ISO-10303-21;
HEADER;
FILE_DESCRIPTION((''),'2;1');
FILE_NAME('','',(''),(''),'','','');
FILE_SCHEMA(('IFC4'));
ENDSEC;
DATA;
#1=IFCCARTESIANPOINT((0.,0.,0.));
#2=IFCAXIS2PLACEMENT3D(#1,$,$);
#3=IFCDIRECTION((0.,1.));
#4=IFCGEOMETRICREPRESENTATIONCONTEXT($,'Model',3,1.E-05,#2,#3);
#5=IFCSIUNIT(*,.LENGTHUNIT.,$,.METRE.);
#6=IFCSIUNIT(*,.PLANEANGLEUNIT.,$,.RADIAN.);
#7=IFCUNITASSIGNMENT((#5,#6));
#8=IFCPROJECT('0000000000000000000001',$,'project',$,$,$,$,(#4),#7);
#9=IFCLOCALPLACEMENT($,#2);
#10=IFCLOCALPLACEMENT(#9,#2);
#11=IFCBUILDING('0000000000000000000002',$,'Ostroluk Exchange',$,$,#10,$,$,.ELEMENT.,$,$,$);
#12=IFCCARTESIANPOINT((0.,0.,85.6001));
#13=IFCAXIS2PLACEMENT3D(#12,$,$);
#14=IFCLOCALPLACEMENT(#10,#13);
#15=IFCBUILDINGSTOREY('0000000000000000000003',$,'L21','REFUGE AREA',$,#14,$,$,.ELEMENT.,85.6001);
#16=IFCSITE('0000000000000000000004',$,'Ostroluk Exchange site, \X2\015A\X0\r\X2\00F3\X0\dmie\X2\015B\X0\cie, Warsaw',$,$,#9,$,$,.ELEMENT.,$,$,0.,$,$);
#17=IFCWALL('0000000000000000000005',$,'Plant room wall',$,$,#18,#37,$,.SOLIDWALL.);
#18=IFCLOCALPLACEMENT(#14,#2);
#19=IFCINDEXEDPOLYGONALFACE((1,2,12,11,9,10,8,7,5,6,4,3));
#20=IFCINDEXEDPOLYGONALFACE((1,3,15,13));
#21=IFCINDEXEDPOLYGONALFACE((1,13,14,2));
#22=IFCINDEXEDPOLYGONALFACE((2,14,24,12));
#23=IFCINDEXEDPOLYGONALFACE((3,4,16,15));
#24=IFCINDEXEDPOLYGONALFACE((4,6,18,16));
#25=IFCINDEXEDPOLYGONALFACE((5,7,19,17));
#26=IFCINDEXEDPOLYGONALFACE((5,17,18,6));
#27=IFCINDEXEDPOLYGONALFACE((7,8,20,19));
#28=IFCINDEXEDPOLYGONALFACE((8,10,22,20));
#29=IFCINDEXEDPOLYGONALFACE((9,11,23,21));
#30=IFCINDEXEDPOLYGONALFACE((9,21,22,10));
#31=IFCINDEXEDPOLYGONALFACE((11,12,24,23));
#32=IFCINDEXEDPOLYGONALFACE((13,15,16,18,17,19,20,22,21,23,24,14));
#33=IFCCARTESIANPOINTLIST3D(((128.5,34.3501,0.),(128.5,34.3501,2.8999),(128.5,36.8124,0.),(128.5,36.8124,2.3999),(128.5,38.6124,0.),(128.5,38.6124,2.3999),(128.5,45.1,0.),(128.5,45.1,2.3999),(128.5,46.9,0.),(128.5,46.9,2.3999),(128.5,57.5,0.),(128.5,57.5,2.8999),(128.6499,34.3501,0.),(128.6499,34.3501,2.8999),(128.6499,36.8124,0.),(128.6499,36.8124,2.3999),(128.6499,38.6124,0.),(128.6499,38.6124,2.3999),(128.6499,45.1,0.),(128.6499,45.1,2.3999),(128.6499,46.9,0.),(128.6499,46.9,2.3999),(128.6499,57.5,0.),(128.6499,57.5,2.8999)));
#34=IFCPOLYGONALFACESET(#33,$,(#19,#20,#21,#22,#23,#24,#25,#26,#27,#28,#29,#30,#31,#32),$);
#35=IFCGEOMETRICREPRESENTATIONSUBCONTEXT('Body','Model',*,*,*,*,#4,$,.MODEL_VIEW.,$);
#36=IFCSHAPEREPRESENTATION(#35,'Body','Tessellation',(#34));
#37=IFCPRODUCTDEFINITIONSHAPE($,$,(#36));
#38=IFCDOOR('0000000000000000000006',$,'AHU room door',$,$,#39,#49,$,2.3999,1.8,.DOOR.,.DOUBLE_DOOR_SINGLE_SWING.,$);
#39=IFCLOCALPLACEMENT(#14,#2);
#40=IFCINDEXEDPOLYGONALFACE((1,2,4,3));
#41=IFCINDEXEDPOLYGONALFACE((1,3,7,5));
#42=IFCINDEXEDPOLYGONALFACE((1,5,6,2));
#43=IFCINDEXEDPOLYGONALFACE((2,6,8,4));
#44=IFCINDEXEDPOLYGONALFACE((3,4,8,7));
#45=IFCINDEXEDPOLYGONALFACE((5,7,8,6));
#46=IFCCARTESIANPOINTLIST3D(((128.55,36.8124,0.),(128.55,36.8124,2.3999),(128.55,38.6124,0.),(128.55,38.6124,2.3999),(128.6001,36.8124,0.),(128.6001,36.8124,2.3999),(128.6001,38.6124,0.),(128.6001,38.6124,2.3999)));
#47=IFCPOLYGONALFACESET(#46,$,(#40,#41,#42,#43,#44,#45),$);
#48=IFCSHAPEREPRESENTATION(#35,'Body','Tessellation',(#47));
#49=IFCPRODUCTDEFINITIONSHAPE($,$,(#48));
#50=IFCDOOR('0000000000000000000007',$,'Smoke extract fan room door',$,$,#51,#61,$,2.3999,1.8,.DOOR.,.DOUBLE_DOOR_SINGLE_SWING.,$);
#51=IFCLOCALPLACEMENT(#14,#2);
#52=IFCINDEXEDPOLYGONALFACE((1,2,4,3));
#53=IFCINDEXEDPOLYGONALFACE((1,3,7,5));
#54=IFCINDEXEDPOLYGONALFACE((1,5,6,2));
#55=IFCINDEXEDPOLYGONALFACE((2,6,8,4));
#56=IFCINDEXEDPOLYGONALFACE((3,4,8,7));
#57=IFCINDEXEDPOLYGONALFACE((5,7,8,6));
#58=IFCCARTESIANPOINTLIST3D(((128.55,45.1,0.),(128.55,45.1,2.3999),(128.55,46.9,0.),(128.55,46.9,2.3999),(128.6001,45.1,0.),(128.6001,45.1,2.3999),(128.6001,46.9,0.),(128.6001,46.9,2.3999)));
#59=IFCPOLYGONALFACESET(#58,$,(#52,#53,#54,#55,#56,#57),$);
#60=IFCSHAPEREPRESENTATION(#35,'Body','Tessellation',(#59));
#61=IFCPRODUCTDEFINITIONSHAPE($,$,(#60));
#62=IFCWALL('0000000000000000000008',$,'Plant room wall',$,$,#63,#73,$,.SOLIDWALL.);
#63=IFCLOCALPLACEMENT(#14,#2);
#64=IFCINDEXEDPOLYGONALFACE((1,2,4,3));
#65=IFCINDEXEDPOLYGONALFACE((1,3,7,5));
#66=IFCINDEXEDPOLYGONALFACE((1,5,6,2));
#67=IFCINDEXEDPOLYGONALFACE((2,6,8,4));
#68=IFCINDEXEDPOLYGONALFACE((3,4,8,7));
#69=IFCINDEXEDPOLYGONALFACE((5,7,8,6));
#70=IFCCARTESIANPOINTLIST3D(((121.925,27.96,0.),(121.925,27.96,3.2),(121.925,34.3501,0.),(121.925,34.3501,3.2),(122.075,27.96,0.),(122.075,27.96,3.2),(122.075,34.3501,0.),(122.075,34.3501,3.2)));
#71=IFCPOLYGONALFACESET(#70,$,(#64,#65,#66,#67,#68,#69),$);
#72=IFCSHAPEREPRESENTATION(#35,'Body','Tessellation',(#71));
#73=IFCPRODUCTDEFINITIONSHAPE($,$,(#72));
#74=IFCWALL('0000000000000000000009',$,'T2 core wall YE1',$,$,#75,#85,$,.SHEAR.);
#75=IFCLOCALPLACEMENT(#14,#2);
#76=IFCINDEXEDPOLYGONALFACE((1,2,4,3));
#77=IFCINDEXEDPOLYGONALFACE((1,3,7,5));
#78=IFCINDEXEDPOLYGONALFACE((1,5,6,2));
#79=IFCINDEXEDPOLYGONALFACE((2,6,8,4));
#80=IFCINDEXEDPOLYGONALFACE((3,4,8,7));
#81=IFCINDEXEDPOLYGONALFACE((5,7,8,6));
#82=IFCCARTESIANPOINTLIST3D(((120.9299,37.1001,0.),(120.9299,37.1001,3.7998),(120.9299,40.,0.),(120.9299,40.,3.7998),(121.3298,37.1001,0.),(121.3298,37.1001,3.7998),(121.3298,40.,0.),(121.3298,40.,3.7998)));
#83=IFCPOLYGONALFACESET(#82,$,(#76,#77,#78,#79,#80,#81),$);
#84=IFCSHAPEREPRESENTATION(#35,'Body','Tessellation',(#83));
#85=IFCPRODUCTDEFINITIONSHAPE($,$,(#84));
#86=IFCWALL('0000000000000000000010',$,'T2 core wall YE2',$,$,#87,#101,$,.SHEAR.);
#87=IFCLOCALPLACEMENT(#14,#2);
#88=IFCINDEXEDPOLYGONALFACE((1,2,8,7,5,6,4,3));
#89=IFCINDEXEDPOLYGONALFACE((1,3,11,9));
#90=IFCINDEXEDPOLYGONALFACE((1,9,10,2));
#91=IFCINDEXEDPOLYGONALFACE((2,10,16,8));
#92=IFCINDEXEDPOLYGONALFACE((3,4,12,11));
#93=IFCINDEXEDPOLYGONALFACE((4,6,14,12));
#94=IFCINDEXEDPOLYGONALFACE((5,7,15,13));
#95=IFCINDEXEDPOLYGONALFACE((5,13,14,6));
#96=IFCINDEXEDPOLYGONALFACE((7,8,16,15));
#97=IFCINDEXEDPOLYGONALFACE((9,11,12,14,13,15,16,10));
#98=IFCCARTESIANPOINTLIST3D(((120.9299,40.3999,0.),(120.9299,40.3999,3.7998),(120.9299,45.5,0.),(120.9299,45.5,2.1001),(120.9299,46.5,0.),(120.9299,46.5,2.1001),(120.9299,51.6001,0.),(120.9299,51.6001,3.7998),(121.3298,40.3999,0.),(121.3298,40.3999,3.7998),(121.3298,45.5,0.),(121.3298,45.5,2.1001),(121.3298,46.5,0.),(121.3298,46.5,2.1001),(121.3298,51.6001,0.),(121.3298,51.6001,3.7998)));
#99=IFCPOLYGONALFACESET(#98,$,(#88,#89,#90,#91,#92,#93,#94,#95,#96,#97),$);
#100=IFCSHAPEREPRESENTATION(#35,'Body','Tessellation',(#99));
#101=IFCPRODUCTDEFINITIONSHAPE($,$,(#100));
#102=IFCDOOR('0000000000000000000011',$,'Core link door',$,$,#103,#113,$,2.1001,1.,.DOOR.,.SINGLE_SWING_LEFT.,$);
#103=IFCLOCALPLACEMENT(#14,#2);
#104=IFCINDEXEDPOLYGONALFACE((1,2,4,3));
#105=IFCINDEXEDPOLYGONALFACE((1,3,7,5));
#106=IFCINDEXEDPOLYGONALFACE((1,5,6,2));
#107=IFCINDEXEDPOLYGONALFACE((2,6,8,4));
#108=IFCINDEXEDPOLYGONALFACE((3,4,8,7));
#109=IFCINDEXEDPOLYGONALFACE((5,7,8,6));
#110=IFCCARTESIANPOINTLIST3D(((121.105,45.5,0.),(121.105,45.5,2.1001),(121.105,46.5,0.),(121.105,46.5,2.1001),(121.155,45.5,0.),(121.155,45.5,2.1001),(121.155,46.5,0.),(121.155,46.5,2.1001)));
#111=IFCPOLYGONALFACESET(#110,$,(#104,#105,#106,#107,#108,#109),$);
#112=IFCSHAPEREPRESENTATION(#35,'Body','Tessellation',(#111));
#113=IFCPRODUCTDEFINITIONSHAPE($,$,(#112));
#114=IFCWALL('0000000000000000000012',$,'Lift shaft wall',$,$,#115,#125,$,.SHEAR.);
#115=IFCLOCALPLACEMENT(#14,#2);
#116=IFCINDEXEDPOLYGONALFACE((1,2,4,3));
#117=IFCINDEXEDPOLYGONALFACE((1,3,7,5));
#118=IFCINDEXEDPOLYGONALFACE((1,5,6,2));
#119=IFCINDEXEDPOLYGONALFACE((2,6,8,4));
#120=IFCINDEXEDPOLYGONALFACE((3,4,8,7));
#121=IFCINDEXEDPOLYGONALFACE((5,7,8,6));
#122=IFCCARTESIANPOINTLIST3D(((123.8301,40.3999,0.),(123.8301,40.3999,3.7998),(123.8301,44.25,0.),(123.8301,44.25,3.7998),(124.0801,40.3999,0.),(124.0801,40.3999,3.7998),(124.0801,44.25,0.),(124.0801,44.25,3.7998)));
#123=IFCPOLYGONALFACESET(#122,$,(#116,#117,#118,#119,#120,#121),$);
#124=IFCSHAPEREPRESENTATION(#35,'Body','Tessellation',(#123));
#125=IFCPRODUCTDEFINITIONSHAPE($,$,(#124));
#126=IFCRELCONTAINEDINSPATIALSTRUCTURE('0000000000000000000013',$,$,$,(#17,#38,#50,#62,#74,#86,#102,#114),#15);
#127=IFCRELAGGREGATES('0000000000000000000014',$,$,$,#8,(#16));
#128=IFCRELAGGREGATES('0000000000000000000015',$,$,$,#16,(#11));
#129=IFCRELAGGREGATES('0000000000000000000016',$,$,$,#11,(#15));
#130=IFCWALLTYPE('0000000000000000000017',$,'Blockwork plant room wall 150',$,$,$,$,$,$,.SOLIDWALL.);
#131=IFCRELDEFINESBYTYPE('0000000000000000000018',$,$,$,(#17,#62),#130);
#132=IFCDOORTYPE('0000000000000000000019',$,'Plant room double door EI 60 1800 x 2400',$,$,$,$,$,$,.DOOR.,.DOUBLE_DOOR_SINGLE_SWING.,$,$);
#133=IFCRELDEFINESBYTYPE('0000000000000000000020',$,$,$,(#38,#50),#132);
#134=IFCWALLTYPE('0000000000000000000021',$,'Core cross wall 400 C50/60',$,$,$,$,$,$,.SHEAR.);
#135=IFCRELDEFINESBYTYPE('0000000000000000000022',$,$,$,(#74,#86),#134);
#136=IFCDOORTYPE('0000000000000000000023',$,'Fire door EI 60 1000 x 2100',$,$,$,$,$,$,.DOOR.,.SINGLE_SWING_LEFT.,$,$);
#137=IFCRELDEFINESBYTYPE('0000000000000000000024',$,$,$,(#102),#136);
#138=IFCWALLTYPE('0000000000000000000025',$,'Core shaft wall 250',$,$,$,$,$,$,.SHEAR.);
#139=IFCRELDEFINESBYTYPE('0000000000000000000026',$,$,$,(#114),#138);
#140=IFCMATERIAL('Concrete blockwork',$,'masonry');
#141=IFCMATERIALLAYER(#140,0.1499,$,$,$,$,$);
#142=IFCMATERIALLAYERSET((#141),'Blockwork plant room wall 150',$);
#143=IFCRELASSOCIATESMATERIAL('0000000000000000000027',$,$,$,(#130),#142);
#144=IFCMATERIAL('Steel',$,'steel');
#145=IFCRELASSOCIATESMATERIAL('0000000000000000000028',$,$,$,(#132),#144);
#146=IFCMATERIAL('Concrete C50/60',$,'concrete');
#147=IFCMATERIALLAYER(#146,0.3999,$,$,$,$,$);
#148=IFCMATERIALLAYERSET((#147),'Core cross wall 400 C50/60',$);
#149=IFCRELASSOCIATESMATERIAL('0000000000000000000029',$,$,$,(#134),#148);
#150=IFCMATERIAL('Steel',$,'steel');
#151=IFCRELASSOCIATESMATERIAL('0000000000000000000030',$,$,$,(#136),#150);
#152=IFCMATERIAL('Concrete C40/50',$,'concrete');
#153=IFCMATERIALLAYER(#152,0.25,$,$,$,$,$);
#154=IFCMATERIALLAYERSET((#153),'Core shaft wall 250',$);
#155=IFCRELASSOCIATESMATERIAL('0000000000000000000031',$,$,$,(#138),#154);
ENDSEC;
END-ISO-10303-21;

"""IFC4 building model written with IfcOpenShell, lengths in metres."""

from ifc_helpers import new_model, si_unit, direction, frame, frame_2d, origin, place, context, subcontext, project, spatial, rectangle, extrude, material, layer, layer_set, type_object, element, fill, save


model = new_model("IFC4")

# Units and contexts
model_context = context("Model", 3, precision=1e-05, world=origin(), true_north=direction((0.0, 1.0)))
body_context = subcontext(model_context, "Body", "Model", "MODEL_VIEW")
ifc_project = project(units=[si_unit("LENGTHUNIT", "METRE"), si_unit("PLANEANGLEUNIT", "RADIAN")], contexts=[model_context])

# Site, building, storey
site_placement = place(None, origin())
site = spatial("IfcSite", under=ifc_project, at=site_placement, Name="Ostroluk Exchange site, Śródmieście, Warsaw", CompositionType="ELEMENT", RefElevation=0.0)
building_placement = place(site_placement, origin())
building = spatial("IfcBuilding", under=site, at=building_placement, Name="Ostroluk Exchange", CompositionType="ELEMENT")
storey_placement = place(building_placement, frame((0.0, 0.0, 85.6001)))
storey = spatial("IfcBuildingStorey", under=building, at=storey_placement, Name="L21", Description="REFUGE AREA", CompositionType="ELEMENT", Elevation=85.6001)

# Shared definitions
ifc_material_1 = material(Name="Concrete blockwork", Category="masonry")
ifc_layer_1 = layer(ifc_material_1, 0.1499)
ifc_layer_set_1 = layer_set([ifc_layer_1], Name="Blockwork plant room wall 150")
wall_type_1 = type_object("IfcWallType", Name="Blockwork plant room wall 150", PredefinedType="SOLIDWALL", material=ifc_layer_set_1)

# Wall, openings, doors
wall_1_placement = place(storey_placement, frame((128.575, 34.3501, 0.0), z_axis=(0.0, 0.0, 1.0), x_axis=(0.0, 1.0, 0.0)))
wall_1 = element("IfcWall", 1, at=wall_1_placement, inside=storey, type_object=wall_type_1, Name="Plant room wall", PredefinedType="SOLIDWALL", context=body_context, shape_type="SweptSolid", body=[
    extrude(rectangle(XDim=23.1499, YDim=0.1499, at=frame_2d((11.575, 0.0))), origin(), (0.0, 0.0, 1.0), 2.8999),
])
opening_1_placement = place(wall_1_placement, frame((2.4624, 0.0, 0.0)))
opening_1 = element("IfcOpeningElement", 2, at=opening_1_placement, cuts=wall_1, PredefinedType="OPENING", context=body_context, shape_type="SweptSolid", body=[
    extrude(rectangle(XDim=1.8, YDim=2.3999, at=frame_2d((0.8999, 1.2))), frame((0.0, 0.085, 0.0), z_axis=(0.0, -1.0, 0.0), x_axis=(1.0, 0.0, 0.0)), (0.0, 0.0, 1.0), 0.1699),
])
opening_2_placement = place(wall_1_placement, frame((10.75, 0.0, 0.0)))
opening_2 = element("IfcOpeningElement", 3, at=opening_2_placement, cuts=wall_1, PredefinedType="OPENING", context=body_context, shape_type="SweptSolid", body=[
    extrude(rectangle(XDim=1.8, YDim=2.3999, at=frame_2d((0.8999, 1.2))), frame((0.0, 0.085, 0.0), z_axis=(0.0, -1.0, 0.0), x_axis=(1.0, 0.0, 0.0)), (0.0, 0.0, 1.0), 0.1699),
])
ifc_material_2 = material(Name="Steel", Category="steel")
door_type_1 = type_object("IfcDoorType", Name="Plant room double door EI 60 1800 x 2400", OperationType="DOUBLE_DOOR_SINGLE_SWING", PredefinedType="DOOR", material=ifc_material_2)
door_1_placement = place(opening_1_placement, origin())
door_1 = element("IfcDoor", 4, at=door_1_placement, inside=storey, type_object=door_type_1, Name="AHU room door", OperationType="DOUBLE_DOOR_SINGLE_SWING", OverallHeight=2.3999, OverallWidth=1.8, PredefinedType="DOOR", context=body_context, shape_type="SweptSolid", body=[
    extrude(rectangle(XDim=1.8, YDim=2.3999, at=frame_2d((0.8999, 1.2))), frame((0.0, 0.0249, 0.0), z_axis=(0.0, -1.0, 0.0), x_axis=(1.0, 0.0, 0.0)), (0.0, 0.0, 1.0), 0.05),
])
fill(opening_1, door_1)
door_2_placement = place(opening_2_placement, origin())
door_2 = element("IfcDoor", 5, at=door_2_placement, inside=storey, type_object=door_type_1, Name="Smoke extract fan room door", OperationType="DOUBLE_DOOR_SINGLE_SWING", OverallHeight=2.3999, OverallWidth=1.8, PredefinedType="DOOR", context=body_context, shape_type="SweptSolid", body=[
    extrude(rectangle(XDim=1.8, YDim=2.3999, at=frame_2d((0.8999, 1.2))), frame((0.0, 0.0249, 0.0), z_axis=(0.0, -1.0, 0.0), x_axis=(1.0, 0.0, 0.0)), (0.0, 0.0, 1.0), 0.05),
])
fill(opening_2, door_2)

# Walls
wall_2_placement = place(storey_placement, frame((122.0, 34.3501, 0.0), z_axis=(0.0, 0.0, 1.0), x_axis=(0.0, -1.0, 0.0)))
element("IfcWall", 6, at=wall_2_placement, inside=storey, type_object=wall_type_1, Name="Plant room wall", PredefinedType="SOLIDWALL", context=body_context, shape_type="SweptSolid", body=[
    extrude(rectangle(XDim=6.3901, YDim=0.1499, at=frame_2d((3.1951, 0.0))), origin(), (0.0, 0.0, 1.0), 3.2),
])
ifc_material_3 = material(Name="Concrete C50/60", Category="concrete")
ifc_layer_2 = layer(ifc_material_3, 0.3999)
ifc_layer_set_2 = layer_set([ifc_layer_2], Name="Core cross wall 400 C50/60")
wall_type_2 = type_object("IfcWallType", Name="Core cross wall 400 C50/60", PredefinedType="SHEAR", material=ifc_layer_set_2)
wall_3_placement = place(storey_placement, frame((121.1299, 37.1001, 0.0), z_axis=(0.0, 0.0, 1.0), x_axis=(0.0, 1.0, 0.0)))
element("IfcWall", 7, at=wall_3_placement, inside=storey, type_object=wall_type_2, Name="T2 core wall YE1", PredefinedType="SHEAR", context=body_context, shape_type="SweptSolid", body=[
    extrude(rectangle(XDim=2.8999, YDim=0.3999, at=frame_2d((1.45, 0.0))), origin(), (0.0, 0.0, 1.0), 3.7998),
])

# Wall, opening, door
wall_4_placement = place(storey_placement, frame((121.1299, 40.3999, 0.0), z_axis=(0.0, 0.0, 1.0), x_axis=(0.0, 1.0, 0.0)))
wall_4 = element("IfcWall", 8, at=wall_4_placement, inside=storey, type_object=wall_type_2, Name="T2 core wall YE2", PredefinedType="SHEAR", context=body_context, shape_type="SweptSolid", body=[
    extrude(rectangle(XDim=11.2002, YDim=0.3999, at=frame_2d((5.6001, 0.0))), origin(), (0.0, 0.0, 1.0), 3.7998),
])
opening_3_placement = place(wall_4_placement, frame((5.1001, 0.0, 0.0)))
opening_3 = element("IfcOpeningElement", 9, at=opening_3_placement, cuts=wall_4, PredefinedType="OPENING", context=body_context, shape_type="SweptSolid", body=[
    extrude(rectangle(XDim=1.0, YDim=2.1001, at=frame_2d((0.5, 1.05))), frame((0.0, 0.21, 0.0), z_axis=(0.0, -1.0, 0.0), x_axis=(1.0, 0.0, 0.0)), (0.0, 0.0, 1.0), 0.4199),
])
ifc_material_4 = material(Name="Steel", Category="steel")
door_type_2 = type_object("IfcDoorType", Name="Fire door EI 60 1000 x 2100", OperationType="SINGLE_SWING_LEFT", PredefinedType="DOOR", material=ifc_material_4)
door_3_placement = place(opening_3_placement, origin())
door_3 = element("IfcDoor", 10, at=door_3_placement, inside=storey, type_object=door_type_2, Name="Core link door", OperationType="SINGLE_SWING_LEFT", OverallHeight=2.1001, OverallWidth=1.0, PredefinedType="DOOR", context=body_context, shape_type="SweptSolid", body=[
    extrude(rectangle(XDim=1.0, YDim=2.1001, at=frame_2d((0.5, 1.05))), frame((0.0, 0.0249, 0.0), z_axis=(0.0, -1.0, 0.0), x_axis=(1.0, 0.0, 0.0)), (0.0, 0.0, 1.0), 0.05),
])
fill(opening_3, door_3)

# Wall
ifc_material_5 = material(Name="Concrete C40/50", Category="concrete")
ifc_layer_3 = layer(ifc_material_5, 0.25)
ifc_layer_set_3 = layer_set([ifc_layer_3], Name="Core shaft wall 250")
wall_type_3 = type_object("IfcWallType", Name="Core shaft wall 250", PredefinedType="SHEAR", material=ifc_layer_set_3)
wall_5_placement = place(storey_placement, frame((123.9551, 44.25, 0.0), z_axis=(0.0, 0.0, 1.0), x_axis=(0.0, -1.0, 0.0)))
element("IfcWall", 11, at=wall_5_placement, inside=storey, type_object=wall_type_3, Name="Lift shaft wall", PredefinedType="SHEAR", context=body_context, shape_type="SweptSolid", body=[
    extrude(rectangle(XDim=3.8501, YDim=0.25, at=frame_2d((1.925, 0.0))), origin(), (0.0, 0.0, 1.0), 3.7998),
])

save(model, "model.ifc")
